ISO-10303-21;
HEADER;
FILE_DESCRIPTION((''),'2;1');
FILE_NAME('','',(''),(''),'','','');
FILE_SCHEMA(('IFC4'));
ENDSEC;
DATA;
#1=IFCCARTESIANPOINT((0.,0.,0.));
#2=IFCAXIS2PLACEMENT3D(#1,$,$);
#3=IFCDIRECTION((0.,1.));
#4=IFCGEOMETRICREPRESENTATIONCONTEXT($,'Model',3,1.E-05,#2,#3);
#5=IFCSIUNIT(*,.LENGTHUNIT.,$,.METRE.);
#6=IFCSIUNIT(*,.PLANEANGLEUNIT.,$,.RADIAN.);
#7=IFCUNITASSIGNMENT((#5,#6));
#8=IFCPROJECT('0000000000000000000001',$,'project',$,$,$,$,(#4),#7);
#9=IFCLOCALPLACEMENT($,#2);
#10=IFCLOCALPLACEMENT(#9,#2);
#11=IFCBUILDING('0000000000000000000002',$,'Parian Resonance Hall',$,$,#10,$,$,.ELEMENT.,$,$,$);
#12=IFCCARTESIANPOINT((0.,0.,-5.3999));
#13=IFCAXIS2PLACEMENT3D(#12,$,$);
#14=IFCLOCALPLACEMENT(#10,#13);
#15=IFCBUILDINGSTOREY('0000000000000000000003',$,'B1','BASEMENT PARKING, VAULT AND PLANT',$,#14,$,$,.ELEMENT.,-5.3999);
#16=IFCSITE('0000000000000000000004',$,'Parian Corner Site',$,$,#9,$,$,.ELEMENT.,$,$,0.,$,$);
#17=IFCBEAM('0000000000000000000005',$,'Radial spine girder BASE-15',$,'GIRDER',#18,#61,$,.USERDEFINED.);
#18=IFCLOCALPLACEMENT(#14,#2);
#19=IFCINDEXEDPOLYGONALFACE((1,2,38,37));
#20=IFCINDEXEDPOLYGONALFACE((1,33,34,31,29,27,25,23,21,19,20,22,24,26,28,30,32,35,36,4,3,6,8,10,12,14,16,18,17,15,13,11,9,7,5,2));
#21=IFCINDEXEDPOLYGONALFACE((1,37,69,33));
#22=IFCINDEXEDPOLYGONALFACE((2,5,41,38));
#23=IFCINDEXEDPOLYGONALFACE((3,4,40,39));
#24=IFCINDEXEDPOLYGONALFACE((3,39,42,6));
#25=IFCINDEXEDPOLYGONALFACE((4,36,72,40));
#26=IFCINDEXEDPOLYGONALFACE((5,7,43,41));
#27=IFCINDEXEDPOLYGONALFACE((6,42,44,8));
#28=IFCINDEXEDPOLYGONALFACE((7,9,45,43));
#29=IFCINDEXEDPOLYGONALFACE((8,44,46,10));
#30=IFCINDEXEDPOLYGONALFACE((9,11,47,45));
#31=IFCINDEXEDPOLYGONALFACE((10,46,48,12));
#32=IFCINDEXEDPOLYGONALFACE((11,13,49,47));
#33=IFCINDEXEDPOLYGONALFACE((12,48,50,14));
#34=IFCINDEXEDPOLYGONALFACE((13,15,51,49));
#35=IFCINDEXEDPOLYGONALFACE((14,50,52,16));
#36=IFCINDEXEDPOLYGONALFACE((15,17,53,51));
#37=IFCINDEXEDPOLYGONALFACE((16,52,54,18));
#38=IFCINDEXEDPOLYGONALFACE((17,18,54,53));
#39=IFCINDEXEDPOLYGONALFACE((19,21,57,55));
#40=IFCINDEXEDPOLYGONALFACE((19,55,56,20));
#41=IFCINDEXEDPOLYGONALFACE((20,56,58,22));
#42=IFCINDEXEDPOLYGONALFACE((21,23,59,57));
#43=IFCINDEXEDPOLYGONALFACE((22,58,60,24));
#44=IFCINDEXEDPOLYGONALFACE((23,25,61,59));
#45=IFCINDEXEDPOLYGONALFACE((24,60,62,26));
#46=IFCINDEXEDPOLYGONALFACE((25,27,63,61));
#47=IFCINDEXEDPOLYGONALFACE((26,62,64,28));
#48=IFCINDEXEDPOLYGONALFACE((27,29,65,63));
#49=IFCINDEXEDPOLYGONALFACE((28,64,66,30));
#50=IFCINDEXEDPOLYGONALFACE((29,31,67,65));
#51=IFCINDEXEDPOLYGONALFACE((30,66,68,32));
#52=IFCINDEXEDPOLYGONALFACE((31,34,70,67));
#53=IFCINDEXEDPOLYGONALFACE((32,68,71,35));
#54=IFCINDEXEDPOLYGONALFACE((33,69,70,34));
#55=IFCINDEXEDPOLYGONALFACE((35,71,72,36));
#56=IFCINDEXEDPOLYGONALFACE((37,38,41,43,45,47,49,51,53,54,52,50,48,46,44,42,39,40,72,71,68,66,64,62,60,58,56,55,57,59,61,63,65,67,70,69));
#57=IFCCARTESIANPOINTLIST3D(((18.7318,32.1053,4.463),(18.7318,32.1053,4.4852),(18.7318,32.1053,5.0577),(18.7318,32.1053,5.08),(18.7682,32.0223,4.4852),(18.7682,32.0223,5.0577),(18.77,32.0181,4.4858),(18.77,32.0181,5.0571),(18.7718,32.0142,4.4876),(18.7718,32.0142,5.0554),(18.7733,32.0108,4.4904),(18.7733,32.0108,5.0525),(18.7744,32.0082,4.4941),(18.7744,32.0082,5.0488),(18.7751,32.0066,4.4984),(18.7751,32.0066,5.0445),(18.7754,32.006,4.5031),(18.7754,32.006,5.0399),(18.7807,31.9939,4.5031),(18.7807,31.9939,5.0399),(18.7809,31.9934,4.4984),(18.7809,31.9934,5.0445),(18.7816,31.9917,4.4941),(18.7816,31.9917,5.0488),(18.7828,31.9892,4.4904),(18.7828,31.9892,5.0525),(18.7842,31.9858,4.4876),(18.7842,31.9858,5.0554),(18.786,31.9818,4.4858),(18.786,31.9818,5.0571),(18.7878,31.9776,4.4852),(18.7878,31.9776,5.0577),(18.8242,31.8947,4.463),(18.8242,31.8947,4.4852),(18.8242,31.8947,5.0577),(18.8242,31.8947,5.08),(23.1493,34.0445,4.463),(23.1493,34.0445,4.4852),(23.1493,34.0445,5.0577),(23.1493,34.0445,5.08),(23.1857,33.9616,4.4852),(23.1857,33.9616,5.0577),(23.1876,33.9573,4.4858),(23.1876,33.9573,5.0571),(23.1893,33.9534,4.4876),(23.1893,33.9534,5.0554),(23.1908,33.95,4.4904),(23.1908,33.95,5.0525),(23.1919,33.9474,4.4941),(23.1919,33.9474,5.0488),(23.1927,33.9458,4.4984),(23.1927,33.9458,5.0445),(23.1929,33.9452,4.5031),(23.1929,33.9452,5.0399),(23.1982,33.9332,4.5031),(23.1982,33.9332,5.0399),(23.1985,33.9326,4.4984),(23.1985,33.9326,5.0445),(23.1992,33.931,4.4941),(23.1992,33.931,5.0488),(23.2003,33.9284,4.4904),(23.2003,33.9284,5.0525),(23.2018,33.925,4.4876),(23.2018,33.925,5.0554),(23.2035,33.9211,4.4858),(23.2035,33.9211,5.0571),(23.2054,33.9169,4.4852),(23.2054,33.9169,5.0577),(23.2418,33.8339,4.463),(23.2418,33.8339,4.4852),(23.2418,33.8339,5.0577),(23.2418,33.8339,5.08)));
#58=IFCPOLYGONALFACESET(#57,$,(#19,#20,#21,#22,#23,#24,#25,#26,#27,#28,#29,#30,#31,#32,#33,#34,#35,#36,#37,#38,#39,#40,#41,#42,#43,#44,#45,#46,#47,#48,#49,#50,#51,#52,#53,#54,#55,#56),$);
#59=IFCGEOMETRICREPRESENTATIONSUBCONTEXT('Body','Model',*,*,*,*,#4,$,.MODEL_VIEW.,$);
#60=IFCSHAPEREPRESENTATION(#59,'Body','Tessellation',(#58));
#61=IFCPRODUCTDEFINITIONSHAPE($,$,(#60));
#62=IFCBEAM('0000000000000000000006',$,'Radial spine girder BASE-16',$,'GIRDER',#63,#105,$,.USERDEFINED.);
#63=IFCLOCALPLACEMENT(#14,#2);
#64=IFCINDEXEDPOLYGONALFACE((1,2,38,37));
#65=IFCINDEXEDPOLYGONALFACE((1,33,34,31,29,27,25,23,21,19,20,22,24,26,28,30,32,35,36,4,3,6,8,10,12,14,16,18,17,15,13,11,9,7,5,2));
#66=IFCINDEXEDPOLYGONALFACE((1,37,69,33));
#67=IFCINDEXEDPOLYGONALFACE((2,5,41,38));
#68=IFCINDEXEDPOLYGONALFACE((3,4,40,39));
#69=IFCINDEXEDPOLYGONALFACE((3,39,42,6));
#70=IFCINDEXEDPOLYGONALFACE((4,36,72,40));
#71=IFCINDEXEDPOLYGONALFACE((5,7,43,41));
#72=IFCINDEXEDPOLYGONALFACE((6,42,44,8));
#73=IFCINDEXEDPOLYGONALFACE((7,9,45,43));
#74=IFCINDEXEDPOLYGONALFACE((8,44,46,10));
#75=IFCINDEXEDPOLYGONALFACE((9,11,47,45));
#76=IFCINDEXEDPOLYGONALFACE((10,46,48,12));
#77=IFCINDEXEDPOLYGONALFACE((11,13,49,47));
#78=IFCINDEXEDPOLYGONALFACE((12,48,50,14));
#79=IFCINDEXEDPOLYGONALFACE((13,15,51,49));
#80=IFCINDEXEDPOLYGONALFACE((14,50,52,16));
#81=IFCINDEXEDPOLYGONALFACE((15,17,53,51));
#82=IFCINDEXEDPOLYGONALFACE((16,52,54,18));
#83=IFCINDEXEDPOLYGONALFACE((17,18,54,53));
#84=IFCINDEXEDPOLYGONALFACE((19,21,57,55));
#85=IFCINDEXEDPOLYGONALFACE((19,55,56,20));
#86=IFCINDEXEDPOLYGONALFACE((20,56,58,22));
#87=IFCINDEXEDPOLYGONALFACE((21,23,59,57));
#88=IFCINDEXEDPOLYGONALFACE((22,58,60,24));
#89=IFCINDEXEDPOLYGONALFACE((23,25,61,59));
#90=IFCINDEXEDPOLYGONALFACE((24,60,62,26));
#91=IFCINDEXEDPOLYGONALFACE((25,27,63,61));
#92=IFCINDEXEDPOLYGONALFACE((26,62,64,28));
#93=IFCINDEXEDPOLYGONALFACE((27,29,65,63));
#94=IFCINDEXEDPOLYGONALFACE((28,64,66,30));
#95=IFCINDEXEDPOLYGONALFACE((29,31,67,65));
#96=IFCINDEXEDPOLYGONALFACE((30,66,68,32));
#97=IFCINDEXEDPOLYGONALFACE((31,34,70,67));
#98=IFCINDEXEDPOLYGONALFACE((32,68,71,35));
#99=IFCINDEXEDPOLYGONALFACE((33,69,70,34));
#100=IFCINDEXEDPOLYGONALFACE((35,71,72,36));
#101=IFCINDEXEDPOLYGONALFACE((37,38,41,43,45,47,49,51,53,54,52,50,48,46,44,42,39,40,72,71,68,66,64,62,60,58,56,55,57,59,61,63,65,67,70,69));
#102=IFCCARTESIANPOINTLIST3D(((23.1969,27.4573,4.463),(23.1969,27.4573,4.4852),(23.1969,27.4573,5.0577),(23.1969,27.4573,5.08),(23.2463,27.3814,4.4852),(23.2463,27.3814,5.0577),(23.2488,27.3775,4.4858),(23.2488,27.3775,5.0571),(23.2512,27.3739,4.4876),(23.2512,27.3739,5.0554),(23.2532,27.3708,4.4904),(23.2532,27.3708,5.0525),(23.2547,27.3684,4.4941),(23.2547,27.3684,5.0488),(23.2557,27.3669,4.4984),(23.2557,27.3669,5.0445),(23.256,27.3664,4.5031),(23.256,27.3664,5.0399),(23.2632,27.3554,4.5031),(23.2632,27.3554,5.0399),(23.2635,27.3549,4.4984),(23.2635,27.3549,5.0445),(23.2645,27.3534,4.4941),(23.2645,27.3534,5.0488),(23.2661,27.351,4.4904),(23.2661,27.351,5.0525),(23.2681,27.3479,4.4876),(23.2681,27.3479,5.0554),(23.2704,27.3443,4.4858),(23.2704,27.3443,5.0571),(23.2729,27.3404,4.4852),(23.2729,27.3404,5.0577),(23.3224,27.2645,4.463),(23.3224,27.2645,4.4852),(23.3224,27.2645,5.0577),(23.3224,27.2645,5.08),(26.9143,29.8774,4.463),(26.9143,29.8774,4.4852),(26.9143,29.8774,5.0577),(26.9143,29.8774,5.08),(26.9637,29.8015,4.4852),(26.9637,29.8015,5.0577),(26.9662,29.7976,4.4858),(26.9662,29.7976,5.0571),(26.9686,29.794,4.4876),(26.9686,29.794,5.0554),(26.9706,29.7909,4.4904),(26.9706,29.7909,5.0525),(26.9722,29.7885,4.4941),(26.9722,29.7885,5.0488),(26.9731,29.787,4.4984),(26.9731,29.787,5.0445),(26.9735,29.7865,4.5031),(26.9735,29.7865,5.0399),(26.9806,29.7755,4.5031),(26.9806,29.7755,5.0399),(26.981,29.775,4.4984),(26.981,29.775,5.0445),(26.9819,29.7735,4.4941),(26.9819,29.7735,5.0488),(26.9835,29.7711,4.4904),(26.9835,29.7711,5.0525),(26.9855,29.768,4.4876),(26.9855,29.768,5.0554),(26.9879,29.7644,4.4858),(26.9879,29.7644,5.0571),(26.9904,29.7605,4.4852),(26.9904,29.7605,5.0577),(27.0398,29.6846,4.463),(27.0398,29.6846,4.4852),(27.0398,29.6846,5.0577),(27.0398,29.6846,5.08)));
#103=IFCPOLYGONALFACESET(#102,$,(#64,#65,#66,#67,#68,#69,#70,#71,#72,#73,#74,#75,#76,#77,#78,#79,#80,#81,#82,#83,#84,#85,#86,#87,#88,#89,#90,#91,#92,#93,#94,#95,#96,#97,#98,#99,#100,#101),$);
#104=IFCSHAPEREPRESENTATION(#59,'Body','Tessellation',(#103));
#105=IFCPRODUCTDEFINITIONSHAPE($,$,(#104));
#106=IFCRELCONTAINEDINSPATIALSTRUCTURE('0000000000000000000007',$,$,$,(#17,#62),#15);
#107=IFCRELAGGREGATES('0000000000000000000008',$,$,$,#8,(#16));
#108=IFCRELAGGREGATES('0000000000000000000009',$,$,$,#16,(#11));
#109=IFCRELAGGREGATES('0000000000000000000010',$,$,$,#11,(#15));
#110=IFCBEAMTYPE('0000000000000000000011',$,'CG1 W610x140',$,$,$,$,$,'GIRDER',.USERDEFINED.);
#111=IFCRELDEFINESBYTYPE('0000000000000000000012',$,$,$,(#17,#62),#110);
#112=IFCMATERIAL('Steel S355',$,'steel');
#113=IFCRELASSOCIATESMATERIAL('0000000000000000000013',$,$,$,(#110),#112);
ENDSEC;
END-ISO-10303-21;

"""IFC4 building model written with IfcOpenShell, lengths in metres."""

from ifc_helpers import new_model, si_unit, direction, frame, origin, origin_2d, place, context, subcontext, project, spatial, i_section, extrude, material, material_profile, profile_set, type_object, element, save


model = new_model("IFC4")

# Units and contexts
model_context = context("Model", 3, precision=1e-05, world=origin(), true_north=direction((0.0, 1.0)))
body_context = subcontext(model_context, "Body", "Model", "MODEL_VIEW")
ifc_project = project(units=[si_unit("LENGTHUNIT", "METRE"), si_unit("PLANEANGLEUNIT", "RADIAN")], contexts=[model_context])

# Site, building, storey
site_placement = place(None, origin())
site = spatial("IfcSite", under=ifc_project, at=site_placement, Name="Parian Corner Site", CompositionType="ELEMENT", RefElevation=0.0)
building_placement = place(site_placement, origin())
building = spatial("IfcBuilding", under=site, at=building_placement, Name="Parian Resonance Hall", CompositionType="ELEMENT")
storey_placement = place(building_placement, frame((0.0, 0.0, -5.3999)))
storey = spatial("IfcBuildingStorey", under=building, at=storey_placement, Name="B1", Description="BASEMENT PARKING, VAULT AND PLANT", CompositionType="ELEMENT", Elevation=-5.3999)

# Beams
ifc_material_1 = material(Name="Steel S355", Category="steel")
ifc_material_profile_1 = material_profile(ifc_material_1, i_section(OverallWidth=0.23, OverallDepth=0.6169, WebThickness=0.0132, FlangeThickness=0.0222, FilletRadius=0.0178, at=origin_2d()), Name="W610x140")
ifc_profile_set_1 = profile_set([ifc_material_profile_1], Name="Steel S355")
beam_type_1 = type_object("IfcBeamType", Name="CG1 W610x140", ElementType="GIRDER", PredefinedType="USERDEFINED", material=ifc_profile_set_1)
beam_1_placement = place(storey_placement, frame((23.1956, 33.9392, 4.7715), z_axis=(-0.915657, -0.40196, 0.0), x_axis=(0.40196, -0.915657, 0.0)))
element("IfcBeam", 1, at=beam_1_placement, inside=storey, type_object=beam_type_1, Name="Radial spine girder BASE-15", ObjectType="GIRDER", PredefinedType="USERDEFINED", context=body_context, shape_type="SweptSolid", body=[
    extrude(i_section(OverallWidth=0.23, OverallDepth=0.6169, WebThickness=0.0132, FlangeThickness=0.0222, FilletRadius=0.0178, at=origin_2d()), origin(), (0.0, 0.0, 1.0), 4.8245),
])
beam_2_placement = place(storey_placement, frame((26.9771, 29.781, 4.7715), z_axis=(-0.838055, -0.545586, 0.0), x_axis=(0.545586, -0.838055, 0.0)))
element("IfcBeam", 2, at=beam_2_placement, inside=storey, type_object=beam_type_1, Name="Radial spine girder BASE-16", ObjectType="GIRDER", PredefinedType="USERDEFINED", context=body_context, shape_type="SweptSolid", body=[
    extrude(i_section(OverallWidth=0.23, OverallDepth=0.6169, WebThickness=0.0132, FlangeThickness=0.0222, FilletRadius=0.0178, at=origin_2d()), origin(), (0.0, 0.0, 1.0), 4.4358),
])

save(model, "model.ifc")
